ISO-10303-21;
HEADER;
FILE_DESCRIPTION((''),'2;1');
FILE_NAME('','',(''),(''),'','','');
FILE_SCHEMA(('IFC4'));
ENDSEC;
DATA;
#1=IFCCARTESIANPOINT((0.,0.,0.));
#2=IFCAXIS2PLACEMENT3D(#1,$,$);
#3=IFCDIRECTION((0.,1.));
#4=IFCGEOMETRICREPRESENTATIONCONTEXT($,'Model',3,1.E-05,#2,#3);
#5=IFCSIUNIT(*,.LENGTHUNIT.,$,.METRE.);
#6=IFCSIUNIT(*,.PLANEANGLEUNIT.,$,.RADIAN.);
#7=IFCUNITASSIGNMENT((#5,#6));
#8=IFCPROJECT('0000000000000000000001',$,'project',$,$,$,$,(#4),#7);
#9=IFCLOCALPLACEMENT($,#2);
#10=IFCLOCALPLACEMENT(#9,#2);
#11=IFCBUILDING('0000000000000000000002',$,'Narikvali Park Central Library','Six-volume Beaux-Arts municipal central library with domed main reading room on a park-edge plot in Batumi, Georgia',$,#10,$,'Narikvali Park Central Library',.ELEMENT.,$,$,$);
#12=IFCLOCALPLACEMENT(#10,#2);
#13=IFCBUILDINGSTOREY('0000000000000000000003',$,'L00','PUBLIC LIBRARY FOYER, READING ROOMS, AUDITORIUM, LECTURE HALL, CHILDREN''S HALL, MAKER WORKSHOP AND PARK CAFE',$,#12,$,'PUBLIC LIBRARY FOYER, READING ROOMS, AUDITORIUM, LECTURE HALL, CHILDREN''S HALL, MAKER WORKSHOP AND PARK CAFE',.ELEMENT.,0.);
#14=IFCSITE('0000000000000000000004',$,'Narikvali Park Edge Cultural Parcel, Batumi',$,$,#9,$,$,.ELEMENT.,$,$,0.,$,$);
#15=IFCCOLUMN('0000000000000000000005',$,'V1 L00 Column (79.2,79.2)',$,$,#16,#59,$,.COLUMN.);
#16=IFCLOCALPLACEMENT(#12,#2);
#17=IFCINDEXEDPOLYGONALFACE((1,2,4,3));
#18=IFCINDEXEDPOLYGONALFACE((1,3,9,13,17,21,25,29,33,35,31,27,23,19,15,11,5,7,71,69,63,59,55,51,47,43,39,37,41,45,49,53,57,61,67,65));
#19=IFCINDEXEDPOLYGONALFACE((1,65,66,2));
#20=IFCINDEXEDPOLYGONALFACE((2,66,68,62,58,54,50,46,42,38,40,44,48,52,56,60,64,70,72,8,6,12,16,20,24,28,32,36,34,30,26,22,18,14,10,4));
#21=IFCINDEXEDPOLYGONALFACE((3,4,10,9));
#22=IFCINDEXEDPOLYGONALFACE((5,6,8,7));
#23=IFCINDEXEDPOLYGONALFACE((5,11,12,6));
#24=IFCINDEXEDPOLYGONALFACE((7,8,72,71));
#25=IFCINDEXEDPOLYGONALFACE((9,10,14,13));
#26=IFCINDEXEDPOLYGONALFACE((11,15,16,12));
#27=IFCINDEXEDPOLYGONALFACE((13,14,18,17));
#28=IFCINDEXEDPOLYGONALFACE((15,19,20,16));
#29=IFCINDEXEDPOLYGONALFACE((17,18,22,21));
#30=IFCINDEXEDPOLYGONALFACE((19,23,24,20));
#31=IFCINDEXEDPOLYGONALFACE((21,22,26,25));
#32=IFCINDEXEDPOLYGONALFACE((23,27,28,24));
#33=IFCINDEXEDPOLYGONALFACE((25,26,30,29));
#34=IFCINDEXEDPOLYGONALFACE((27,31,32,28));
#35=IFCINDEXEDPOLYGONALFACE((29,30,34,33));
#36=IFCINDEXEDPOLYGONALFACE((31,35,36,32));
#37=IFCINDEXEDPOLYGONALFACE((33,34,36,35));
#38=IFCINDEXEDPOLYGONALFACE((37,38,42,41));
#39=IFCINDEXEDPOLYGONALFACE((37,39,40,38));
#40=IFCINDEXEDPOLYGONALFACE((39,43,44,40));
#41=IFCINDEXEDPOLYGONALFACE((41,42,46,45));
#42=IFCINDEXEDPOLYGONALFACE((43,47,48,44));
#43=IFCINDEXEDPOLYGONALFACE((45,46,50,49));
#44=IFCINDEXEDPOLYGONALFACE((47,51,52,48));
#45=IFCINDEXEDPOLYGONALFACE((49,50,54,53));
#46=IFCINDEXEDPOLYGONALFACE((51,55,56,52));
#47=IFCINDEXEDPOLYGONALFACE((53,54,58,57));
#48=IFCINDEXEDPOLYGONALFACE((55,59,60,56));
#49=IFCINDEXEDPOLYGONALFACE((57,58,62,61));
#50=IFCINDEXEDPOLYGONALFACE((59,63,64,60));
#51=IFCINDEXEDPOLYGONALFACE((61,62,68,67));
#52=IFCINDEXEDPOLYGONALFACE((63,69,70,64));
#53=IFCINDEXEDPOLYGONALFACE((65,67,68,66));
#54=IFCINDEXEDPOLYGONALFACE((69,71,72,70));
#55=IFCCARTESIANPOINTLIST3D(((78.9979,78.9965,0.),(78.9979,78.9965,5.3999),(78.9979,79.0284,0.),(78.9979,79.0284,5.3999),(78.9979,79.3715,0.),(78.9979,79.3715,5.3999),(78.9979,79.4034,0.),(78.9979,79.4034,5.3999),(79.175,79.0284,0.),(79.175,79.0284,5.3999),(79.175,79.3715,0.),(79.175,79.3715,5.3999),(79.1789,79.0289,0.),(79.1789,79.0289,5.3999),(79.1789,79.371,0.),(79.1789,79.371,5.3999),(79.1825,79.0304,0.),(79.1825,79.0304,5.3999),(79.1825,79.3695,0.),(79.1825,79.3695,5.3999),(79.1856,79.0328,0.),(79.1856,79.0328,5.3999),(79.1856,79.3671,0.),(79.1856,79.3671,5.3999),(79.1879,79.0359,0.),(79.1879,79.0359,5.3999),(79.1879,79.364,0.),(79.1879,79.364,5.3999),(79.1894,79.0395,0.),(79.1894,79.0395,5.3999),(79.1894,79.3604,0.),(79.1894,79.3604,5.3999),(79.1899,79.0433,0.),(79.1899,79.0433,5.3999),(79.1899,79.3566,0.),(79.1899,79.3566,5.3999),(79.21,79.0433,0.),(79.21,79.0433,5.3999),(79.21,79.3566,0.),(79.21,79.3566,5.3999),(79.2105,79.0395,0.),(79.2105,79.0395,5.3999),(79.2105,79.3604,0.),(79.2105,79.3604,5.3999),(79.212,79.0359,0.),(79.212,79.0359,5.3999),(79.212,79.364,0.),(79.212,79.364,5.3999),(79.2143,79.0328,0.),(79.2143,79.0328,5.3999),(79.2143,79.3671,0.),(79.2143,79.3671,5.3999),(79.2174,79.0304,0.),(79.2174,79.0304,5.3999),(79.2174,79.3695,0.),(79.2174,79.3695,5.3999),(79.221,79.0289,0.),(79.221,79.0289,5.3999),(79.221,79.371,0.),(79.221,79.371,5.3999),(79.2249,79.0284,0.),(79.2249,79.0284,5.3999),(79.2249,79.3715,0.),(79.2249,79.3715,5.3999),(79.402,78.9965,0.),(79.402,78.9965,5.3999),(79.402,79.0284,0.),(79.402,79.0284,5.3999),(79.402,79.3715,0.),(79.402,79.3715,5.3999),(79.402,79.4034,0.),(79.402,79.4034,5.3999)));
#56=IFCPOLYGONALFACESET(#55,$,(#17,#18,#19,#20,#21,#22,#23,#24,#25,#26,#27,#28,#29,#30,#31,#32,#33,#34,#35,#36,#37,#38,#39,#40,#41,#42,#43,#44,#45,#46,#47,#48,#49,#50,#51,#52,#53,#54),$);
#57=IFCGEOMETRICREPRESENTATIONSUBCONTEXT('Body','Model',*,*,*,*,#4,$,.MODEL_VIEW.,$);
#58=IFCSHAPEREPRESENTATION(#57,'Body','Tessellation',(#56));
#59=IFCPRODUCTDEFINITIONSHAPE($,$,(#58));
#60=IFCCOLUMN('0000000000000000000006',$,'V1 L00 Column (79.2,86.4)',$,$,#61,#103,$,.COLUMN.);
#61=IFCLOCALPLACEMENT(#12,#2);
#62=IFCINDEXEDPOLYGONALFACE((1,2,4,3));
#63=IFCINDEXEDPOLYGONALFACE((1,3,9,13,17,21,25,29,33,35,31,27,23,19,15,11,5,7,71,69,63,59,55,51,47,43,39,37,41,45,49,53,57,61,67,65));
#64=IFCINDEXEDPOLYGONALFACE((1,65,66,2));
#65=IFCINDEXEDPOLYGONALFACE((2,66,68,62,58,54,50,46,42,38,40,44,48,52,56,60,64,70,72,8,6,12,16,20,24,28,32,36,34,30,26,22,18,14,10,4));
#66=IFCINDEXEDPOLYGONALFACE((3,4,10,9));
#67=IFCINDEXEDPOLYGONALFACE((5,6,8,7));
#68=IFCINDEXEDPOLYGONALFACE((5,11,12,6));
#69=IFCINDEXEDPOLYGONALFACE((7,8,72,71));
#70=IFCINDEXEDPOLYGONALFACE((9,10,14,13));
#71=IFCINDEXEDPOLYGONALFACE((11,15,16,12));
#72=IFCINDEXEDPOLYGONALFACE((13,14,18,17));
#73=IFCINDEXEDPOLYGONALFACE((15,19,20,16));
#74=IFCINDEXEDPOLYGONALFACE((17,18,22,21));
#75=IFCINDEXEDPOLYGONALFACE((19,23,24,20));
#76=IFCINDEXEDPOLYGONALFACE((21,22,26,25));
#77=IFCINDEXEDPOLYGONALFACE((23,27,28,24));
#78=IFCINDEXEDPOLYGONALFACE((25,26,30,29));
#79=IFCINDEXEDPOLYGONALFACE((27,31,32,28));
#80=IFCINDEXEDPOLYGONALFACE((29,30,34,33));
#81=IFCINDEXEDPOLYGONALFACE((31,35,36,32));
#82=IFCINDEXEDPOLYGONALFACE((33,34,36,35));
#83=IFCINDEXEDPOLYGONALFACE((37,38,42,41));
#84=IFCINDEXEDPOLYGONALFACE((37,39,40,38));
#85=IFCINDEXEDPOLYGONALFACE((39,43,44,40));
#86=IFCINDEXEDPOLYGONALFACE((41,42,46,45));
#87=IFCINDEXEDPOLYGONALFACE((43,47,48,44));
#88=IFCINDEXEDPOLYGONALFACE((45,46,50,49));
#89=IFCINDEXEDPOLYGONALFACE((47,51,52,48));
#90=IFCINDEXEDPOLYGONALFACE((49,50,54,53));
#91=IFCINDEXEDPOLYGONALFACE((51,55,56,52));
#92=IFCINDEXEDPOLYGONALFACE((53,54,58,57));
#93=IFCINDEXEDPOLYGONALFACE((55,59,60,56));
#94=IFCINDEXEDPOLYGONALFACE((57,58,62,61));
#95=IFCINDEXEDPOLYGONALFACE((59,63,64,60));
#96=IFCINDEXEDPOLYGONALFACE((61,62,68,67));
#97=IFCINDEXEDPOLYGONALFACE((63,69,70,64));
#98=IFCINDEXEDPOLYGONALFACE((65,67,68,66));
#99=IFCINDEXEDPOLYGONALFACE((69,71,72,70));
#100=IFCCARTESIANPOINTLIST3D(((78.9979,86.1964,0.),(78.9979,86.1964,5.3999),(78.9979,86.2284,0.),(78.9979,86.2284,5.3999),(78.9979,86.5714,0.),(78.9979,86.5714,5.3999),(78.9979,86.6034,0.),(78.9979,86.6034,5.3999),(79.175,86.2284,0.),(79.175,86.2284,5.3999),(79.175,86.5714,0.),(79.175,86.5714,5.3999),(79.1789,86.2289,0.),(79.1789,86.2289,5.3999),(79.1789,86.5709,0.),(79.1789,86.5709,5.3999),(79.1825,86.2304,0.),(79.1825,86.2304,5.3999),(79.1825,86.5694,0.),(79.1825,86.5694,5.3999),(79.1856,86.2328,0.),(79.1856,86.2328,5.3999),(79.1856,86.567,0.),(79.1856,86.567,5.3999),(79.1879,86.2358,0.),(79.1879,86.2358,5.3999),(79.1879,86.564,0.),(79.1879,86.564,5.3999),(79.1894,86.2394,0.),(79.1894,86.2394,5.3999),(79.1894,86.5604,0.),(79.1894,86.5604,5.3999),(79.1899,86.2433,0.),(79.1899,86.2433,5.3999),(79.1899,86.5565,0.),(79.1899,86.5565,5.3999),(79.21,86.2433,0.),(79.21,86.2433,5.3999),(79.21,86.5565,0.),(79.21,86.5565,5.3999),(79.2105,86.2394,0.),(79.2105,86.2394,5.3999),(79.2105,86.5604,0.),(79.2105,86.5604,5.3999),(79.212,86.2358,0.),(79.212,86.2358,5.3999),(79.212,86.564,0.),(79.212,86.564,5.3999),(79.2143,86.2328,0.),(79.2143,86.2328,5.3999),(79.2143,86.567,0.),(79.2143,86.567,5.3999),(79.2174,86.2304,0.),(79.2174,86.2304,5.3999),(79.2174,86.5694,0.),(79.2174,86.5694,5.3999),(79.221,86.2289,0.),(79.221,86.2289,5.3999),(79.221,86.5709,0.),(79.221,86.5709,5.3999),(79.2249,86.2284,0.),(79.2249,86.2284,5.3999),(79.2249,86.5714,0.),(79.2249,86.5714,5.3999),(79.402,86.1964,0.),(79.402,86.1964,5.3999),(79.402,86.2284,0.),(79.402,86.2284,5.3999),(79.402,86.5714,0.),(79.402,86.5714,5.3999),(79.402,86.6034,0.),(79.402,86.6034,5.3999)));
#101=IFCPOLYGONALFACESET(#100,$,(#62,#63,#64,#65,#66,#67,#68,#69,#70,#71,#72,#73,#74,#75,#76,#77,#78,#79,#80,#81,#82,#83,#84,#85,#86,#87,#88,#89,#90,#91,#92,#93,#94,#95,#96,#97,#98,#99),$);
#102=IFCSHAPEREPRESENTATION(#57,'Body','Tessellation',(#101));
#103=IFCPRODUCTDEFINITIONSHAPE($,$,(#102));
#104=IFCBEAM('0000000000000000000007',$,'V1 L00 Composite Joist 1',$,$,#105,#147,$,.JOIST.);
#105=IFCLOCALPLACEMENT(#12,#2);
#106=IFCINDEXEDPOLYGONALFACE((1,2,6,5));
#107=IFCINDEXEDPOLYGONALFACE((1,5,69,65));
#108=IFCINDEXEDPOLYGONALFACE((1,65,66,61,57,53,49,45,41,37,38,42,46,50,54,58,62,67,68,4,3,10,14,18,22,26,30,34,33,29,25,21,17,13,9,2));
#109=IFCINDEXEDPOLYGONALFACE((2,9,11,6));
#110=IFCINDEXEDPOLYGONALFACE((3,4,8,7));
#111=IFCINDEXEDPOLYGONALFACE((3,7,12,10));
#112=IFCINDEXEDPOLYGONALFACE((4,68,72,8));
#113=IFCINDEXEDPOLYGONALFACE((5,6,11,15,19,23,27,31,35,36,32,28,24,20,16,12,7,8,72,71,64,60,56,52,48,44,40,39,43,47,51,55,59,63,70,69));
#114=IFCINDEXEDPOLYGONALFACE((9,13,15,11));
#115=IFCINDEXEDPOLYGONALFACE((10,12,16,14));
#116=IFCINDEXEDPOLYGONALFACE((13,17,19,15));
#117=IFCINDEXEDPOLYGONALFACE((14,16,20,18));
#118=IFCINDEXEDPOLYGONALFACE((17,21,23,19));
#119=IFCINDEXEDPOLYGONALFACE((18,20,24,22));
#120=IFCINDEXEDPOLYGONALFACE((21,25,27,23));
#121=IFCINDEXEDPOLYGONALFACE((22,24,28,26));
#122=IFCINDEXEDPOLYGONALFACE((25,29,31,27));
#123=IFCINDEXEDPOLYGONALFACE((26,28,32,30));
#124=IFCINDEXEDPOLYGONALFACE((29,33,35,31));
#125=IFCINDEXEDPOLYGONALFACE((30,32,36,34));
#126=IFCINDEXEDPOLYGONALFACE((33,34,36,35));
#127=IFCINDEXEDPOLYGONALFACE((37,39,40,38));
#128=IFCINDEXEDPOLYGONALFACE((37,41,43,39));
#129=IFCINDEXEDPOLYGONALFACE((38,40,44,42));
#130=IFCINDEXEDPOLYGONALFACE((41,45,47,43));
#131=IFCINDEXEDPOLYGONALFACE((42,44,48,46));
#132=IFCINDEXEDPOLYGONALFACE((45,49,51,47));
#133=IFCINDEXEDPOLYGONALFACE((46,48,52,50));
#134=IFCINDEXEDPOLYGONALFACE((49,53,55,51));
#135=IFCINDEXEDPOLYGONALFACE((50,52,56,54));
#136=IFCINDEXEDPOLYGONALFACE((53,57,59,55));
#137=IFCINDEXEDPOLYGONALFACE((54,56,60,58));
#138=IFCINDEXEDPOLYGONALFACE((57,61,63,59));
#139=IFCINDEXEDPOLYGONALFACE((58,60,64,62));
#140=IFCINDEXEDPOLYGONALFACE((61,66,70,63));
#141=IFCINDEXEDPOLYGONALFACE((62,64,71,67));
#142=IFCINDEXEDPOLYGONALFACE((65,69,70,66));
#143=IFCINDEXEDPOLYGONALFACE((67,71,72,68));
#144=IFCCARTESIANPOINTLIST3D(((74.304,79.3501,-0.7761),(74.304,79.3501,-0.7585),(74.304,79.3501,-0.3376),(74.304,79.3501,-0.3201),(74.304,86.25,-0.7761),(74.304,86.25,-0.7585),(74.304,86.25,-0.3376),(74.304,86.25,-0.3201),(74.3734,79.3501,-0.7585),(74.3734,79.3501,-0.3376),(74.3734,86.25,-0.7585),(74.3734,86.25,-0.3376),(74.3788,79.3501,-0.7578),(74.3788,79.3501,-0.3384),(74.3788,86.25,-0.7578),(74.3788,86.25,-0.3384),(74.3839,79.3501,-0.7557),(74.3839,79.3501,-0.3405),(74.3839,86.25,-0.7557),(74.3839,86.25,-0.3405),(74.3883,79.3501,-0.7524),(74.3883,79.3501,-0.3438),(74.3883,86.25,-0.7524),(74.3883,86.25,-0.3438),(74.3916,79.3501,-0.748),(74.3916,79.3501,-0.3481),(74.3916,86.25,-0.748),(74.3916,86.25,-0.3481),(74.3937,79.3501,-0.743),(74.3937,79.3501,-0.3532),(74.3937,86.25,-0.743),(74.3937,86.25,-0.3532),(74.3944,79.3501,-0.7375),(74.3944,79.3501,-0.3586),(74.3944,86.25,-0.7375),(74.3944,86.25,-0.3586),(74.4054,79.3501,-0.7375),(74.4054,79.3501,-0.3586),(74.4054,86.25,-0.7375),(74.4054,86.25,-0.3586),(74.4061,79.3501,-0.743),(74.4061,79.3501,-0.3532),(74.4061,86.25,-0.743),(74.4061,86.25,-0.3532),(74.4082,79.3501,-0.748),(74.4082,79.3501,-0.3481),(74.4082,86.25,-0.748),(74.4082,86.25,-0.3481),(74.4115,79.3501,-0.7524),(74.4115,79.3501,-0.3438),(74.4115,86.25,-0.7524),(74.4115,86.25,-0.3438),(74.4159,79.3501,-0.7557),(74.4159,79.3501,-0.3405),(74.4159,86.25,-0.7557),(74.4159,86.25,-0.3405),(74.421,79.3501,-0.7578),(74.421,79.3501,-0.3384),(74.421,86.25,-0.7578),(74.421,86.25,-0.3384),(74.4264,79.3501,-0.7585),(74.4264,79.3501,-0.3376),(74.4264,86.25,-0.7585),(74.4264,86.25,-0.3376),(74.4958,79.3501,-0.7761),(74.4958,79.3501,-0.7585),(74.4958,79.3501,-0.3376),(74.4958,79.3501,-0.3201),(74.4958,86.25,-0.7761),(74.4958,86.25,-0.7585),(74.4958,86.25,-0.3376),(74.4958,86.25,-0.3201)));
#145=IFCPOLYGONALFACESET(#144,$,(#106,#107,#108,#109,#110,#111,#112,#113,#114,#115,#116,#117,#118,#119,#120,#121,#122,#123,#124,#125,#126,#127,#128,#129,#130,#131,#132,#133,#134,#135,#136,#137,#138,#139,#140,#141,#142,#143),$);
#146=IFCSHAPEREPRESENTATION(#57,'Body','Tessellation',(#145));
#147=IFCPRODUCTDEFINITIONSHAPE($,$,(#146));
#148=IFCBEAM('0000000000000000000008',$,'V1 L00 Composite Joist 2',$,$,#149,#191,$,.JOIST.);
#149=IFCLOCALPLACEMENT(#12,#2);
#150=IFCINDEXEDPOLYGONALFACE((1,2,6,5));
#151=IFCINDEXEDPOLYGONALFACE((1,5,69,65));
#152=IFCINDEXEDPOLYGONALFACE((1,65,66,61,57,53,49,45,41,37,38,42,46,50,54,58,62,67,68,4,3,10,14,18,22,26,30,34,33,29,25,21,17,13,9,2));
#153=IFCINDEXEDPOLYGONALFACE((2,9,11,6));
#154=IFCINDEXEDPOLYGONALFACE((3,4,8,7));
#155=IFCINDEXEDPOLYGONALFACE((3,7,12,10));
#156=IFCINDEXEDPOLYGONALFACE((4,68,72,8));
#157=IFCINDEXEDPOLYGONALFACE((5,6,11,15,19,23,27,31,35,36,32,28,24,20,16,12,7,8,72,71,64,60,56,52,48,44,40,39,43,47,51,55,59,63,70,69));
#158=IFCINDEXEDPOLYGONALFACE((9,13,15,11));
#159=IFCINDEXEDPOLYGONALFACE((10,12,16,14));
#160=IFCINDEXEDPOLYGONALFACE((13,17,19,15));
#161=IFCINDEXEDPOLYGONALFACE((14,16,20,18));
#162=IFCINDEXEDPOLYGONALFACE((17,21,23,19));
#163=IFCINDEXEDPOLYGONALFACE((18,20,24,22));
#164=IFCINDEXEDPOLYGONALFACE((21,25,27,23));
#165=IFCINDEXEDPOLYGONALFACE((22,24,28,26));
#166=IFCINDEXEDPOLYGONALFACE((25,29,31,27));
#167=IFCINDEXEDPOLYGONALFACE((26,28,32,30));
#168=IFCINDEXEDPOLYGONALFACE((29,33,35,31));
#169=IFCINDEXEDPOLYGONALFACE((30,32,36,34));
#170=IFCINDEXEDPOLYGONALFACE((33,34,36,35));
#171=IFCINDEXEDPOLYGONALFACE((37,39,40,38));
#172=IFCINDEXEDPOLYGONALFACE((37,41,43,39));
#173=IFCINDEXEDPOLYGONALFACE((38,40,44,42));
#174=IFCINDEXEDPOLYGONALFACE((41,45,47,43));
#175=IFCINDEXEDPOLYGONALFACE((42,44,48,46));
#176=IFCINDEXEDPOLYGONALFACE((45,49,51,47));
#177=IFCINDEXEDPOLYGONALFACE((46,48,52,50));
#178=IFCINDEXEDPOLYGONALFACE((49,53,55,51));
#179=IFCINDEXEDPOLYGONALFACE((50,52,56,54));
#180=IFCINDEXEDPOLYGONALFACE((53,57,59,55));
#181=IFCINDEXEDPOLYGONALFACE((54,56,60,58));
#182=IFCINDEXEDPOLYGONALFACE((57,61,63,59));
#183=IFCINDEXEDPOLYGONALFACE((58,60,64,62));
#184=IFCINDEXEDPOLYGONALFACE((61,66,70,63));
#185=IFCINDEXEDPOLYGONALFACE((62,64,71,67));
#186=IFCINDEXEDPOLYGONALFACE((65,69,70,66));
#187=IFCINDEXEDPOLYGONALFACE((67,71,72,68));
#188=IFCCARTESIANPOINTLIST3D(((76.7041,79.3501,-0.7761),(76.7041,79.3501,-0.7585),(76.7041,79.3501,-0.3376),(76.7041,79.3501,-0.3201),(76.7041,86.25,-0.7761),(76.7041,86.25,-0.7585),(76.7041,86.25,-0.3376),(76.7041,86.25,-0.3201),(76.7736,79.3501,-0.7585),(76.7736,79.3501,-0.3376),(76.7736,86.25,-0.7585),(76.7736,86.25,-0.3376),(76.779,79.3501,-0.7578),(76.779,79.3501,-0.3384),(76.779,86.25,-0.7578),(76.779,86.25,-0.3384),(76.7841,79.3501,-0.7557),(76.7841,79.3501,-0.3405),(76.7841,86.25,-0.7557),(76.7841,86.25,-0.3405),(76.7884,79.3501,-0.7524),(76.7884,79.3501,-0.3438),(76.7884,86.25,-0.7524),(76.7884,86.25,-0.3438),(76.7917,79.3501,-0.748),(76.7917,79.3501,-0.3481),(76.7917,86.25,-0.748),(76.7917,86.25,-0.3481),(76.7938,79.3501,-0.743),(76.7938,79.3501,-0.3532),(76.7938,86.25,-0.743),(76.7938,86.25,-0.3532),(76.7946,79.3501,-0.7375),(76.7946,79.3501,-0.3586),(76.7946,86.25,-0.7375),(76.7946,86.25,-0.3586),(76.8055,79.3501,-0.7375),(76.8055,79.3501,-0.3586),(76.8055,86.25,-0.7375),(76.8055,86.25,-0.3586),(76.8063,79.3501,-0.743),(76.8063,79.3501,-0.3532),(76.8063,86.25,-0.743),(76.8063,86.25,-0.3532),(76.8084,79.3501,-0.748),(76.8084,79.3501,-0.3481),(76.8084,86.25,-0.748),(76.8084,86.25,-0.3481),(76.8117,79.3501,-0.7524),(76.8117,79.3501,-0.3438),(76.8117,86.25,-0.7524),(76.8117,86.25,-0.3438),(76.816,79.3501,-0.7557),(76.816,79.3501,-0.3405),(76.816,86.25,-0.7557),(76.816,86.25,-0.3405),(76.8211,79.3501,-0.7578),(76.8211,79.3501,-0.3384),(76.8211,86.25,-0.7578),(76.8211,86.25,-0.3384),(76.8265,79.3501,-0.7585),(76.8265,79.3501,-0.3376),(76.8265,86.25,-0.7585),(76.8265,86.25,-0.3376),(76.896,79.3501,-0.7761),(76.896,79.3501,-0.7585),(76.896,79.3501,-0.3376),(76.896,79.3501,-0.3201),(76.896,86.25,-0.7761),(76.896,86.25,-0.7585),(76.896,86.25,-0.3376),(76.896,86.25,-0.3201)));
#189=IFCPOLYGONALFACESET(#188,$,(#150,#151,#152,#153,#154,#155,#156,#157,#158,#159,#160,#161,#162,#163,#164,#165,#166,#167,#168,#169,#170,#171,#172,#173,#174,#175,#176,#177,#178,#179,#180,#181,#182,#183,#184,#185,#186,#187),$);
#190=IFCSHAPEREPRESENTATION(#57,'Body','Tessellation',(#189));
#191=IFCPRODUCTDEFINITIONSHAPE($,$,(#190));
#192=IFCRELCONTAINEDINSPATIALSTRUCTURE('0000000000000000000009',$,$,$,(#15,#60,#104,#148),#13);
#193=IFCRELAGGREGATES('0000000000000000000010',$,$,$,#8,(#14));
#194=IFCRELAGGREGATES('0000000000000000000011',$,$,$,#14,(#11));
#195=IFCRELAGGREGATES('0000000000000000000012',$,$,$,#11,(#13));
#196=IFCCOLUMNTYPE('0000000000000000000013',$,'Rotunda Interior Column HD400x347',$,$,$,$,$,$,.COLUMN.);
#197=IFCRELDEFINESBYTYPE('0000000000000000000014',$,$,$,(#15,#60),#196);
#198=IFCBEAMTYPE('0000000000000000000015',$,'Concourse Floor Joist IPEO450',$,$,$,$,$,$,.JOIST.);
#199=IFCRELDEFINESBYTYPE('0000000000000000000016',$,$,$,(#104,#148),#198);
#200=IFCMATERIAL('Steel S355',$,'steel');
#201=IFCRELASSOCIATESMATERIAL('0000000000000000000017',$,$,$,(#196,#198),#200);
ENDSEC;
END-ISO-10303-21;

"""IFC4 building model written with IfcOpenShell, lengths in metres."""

from ifc_helpers import new_model, si_unit, direction, frame, origin, origin_2d, place, context, subcontext, project, spatial, i_section, extrude, material, material_profile, profile_set, type_object, element, save


model = new_model("IFC4")

# Units and contexts
model_context = context("Model", 3, precision=1e-05, world=origin(), true_north=direction((0.0, 1.0)))
body_context = subcontext(model_context, "Body", "Model", "MODEL_VIEW")
ifc_project = project(units=[si_unit("LENGTHUNIT", "METRE"), si_unit("PLANEANGLEUNIT", "RADIAN")], contexts=[model_context])

# Site, building, storey
site_placement = place(None, origin())
site = spatial("IfcSite", under=ifc_project, at=site_placement, Name="Narikvali Park Edge Cultural Parcel, Batumi", CompositionType="ELEMENT", RefElevation=0.0)
building_placement = place(site_placement, origin())
building = spatial("IfcBuilding", under=site, at=building_placement, Name="Narikvali Park Central Library", Description="Six-volume Beaux-Arts municipal central library with domed main reading room on a park-edge plot in Batumi, Georgia", LongName="Narikvali Park Central Library", CompositionType="ELEMENT")
storey_placement = place(building_placement, origin())
storey = spatial("IfcBuildingStorey", under=building, at=storey_placement, Name="L00", Description="PUBLIC LIBRARY FOYER, READING ROOMS, AUDITORIUM, LECTURE HALL, CHILDREN'S HALL, MAKER WORKSHOP AND PARK CAFE", LongName="PUBLIC LIBRARY FOYER, READING ROOMS, AUDITORIUM, LECTURE HALL, CHILDREN'S HALL, MAKER WORKSHOP AND PARK CAFE", CompositionType="ELEMENT", Elevation=0.0)

# Columns
ifc_material_1 = material(Name="Steel S355", Category="steel")
ifc_material_profile_1 = material_profile(ifc_material_1, i_section(OverallWidth=0.4041, OverallDepth=0.407, WebThickness=0.02, FlangeThickness=0.032, FilletRadius=0.0149, at=origin_2d()), Name="HD 400x347")
ifc_profile_set_1 = profile_set([ifc_material_profile_1], Name="Steel S355")
column_type = type_object("IfcColumnType", Name="Rotunda Interior Column HD400x347", PredefinedType="COLUMN", material=ifc_profile_set_1)
for number, where, z_axis, x_axis, name in (
    (1, (79.2, 79.2, 0.0), (0.0, 0.0, 1.0), (1.0, 0.0, 0.0), "V1 L00 Column (79.2,79.2)"),
    (2, (79.2, 86.3999, 0.0), (0.0, 0.0, 1.0), (1.0, 0.0, 0.0), "V1 L00 Column (79.2,86.4)"),
):
    element("IfcColumn", number, at=place(storey_placement, frame(where, z_axis=z_axis, x_axis=x_axis)), inside=storey, type_object=column_type, Name=name, PredefinedType="COLUMN", context=body_context, shape_type="SweptSolid", body=[
        extrude(i_section(OverallWidth=0.4041, OverallDepth=0.407, WebThickness=0.02, FlangeThickness=0.032, FilletRadius=0.0149, at=origin_2d()), origin(), (0.0, 0.0, 1.0), 5.3999),
    ])

# Beams
ifc_material_profile_2 = material_profile(ifc_material_1, i_section(OverallWidth=0.1919, OverallDepth=0.4561, WebThickness=0.011, FlangeThickness=0.0176, FilletRadius=0.021, at=origin_2d()), Name="IPEO 450")
ifc_profile_set_2 = profile_set([ifc_material_profile_2], Name="Steel S355")
beam_type_1 = type_object("IfcBeamType", Name="Concourse Floor Joist IPEO450", PredefinedType="JOIST", material=ifc_profile_set_2)
for number, where, z_axis, x_axis, name in (
    (3, (74.3999, 79.3501, -0.5481), (0.0, 1.0, 0.0), (-1.0, 0.0, 0.0), "V1 L00 Composite Joist 1"),
    (4, (76.8, 79.3501, -0.5481), (0.0, 1.0, 0.0), (-1.0, 0.0, 0.0), "V1 L00 Composite Joist 2"),
):
    element("IfcBeam", number, at=place(storey_placement, frame(where, z_axis=z_axis, x_axis=x_axis)), inside=storey, type_object=beam_type_1, Name=name, PredefinedType="JOIST", context=body_context, shape_type="SweptSolid", body=[
        extrude(i_section(OverallWidth=0.1919, OverallDepth=0.4561, WebThickness=0.011, FlangeThickness=0.0176, FilletRadius=0.021, at=origin_2d()), origin(), (0.0, 0.0, 1.0), 6.8999),
    ])

save(model, "model.ifc")
